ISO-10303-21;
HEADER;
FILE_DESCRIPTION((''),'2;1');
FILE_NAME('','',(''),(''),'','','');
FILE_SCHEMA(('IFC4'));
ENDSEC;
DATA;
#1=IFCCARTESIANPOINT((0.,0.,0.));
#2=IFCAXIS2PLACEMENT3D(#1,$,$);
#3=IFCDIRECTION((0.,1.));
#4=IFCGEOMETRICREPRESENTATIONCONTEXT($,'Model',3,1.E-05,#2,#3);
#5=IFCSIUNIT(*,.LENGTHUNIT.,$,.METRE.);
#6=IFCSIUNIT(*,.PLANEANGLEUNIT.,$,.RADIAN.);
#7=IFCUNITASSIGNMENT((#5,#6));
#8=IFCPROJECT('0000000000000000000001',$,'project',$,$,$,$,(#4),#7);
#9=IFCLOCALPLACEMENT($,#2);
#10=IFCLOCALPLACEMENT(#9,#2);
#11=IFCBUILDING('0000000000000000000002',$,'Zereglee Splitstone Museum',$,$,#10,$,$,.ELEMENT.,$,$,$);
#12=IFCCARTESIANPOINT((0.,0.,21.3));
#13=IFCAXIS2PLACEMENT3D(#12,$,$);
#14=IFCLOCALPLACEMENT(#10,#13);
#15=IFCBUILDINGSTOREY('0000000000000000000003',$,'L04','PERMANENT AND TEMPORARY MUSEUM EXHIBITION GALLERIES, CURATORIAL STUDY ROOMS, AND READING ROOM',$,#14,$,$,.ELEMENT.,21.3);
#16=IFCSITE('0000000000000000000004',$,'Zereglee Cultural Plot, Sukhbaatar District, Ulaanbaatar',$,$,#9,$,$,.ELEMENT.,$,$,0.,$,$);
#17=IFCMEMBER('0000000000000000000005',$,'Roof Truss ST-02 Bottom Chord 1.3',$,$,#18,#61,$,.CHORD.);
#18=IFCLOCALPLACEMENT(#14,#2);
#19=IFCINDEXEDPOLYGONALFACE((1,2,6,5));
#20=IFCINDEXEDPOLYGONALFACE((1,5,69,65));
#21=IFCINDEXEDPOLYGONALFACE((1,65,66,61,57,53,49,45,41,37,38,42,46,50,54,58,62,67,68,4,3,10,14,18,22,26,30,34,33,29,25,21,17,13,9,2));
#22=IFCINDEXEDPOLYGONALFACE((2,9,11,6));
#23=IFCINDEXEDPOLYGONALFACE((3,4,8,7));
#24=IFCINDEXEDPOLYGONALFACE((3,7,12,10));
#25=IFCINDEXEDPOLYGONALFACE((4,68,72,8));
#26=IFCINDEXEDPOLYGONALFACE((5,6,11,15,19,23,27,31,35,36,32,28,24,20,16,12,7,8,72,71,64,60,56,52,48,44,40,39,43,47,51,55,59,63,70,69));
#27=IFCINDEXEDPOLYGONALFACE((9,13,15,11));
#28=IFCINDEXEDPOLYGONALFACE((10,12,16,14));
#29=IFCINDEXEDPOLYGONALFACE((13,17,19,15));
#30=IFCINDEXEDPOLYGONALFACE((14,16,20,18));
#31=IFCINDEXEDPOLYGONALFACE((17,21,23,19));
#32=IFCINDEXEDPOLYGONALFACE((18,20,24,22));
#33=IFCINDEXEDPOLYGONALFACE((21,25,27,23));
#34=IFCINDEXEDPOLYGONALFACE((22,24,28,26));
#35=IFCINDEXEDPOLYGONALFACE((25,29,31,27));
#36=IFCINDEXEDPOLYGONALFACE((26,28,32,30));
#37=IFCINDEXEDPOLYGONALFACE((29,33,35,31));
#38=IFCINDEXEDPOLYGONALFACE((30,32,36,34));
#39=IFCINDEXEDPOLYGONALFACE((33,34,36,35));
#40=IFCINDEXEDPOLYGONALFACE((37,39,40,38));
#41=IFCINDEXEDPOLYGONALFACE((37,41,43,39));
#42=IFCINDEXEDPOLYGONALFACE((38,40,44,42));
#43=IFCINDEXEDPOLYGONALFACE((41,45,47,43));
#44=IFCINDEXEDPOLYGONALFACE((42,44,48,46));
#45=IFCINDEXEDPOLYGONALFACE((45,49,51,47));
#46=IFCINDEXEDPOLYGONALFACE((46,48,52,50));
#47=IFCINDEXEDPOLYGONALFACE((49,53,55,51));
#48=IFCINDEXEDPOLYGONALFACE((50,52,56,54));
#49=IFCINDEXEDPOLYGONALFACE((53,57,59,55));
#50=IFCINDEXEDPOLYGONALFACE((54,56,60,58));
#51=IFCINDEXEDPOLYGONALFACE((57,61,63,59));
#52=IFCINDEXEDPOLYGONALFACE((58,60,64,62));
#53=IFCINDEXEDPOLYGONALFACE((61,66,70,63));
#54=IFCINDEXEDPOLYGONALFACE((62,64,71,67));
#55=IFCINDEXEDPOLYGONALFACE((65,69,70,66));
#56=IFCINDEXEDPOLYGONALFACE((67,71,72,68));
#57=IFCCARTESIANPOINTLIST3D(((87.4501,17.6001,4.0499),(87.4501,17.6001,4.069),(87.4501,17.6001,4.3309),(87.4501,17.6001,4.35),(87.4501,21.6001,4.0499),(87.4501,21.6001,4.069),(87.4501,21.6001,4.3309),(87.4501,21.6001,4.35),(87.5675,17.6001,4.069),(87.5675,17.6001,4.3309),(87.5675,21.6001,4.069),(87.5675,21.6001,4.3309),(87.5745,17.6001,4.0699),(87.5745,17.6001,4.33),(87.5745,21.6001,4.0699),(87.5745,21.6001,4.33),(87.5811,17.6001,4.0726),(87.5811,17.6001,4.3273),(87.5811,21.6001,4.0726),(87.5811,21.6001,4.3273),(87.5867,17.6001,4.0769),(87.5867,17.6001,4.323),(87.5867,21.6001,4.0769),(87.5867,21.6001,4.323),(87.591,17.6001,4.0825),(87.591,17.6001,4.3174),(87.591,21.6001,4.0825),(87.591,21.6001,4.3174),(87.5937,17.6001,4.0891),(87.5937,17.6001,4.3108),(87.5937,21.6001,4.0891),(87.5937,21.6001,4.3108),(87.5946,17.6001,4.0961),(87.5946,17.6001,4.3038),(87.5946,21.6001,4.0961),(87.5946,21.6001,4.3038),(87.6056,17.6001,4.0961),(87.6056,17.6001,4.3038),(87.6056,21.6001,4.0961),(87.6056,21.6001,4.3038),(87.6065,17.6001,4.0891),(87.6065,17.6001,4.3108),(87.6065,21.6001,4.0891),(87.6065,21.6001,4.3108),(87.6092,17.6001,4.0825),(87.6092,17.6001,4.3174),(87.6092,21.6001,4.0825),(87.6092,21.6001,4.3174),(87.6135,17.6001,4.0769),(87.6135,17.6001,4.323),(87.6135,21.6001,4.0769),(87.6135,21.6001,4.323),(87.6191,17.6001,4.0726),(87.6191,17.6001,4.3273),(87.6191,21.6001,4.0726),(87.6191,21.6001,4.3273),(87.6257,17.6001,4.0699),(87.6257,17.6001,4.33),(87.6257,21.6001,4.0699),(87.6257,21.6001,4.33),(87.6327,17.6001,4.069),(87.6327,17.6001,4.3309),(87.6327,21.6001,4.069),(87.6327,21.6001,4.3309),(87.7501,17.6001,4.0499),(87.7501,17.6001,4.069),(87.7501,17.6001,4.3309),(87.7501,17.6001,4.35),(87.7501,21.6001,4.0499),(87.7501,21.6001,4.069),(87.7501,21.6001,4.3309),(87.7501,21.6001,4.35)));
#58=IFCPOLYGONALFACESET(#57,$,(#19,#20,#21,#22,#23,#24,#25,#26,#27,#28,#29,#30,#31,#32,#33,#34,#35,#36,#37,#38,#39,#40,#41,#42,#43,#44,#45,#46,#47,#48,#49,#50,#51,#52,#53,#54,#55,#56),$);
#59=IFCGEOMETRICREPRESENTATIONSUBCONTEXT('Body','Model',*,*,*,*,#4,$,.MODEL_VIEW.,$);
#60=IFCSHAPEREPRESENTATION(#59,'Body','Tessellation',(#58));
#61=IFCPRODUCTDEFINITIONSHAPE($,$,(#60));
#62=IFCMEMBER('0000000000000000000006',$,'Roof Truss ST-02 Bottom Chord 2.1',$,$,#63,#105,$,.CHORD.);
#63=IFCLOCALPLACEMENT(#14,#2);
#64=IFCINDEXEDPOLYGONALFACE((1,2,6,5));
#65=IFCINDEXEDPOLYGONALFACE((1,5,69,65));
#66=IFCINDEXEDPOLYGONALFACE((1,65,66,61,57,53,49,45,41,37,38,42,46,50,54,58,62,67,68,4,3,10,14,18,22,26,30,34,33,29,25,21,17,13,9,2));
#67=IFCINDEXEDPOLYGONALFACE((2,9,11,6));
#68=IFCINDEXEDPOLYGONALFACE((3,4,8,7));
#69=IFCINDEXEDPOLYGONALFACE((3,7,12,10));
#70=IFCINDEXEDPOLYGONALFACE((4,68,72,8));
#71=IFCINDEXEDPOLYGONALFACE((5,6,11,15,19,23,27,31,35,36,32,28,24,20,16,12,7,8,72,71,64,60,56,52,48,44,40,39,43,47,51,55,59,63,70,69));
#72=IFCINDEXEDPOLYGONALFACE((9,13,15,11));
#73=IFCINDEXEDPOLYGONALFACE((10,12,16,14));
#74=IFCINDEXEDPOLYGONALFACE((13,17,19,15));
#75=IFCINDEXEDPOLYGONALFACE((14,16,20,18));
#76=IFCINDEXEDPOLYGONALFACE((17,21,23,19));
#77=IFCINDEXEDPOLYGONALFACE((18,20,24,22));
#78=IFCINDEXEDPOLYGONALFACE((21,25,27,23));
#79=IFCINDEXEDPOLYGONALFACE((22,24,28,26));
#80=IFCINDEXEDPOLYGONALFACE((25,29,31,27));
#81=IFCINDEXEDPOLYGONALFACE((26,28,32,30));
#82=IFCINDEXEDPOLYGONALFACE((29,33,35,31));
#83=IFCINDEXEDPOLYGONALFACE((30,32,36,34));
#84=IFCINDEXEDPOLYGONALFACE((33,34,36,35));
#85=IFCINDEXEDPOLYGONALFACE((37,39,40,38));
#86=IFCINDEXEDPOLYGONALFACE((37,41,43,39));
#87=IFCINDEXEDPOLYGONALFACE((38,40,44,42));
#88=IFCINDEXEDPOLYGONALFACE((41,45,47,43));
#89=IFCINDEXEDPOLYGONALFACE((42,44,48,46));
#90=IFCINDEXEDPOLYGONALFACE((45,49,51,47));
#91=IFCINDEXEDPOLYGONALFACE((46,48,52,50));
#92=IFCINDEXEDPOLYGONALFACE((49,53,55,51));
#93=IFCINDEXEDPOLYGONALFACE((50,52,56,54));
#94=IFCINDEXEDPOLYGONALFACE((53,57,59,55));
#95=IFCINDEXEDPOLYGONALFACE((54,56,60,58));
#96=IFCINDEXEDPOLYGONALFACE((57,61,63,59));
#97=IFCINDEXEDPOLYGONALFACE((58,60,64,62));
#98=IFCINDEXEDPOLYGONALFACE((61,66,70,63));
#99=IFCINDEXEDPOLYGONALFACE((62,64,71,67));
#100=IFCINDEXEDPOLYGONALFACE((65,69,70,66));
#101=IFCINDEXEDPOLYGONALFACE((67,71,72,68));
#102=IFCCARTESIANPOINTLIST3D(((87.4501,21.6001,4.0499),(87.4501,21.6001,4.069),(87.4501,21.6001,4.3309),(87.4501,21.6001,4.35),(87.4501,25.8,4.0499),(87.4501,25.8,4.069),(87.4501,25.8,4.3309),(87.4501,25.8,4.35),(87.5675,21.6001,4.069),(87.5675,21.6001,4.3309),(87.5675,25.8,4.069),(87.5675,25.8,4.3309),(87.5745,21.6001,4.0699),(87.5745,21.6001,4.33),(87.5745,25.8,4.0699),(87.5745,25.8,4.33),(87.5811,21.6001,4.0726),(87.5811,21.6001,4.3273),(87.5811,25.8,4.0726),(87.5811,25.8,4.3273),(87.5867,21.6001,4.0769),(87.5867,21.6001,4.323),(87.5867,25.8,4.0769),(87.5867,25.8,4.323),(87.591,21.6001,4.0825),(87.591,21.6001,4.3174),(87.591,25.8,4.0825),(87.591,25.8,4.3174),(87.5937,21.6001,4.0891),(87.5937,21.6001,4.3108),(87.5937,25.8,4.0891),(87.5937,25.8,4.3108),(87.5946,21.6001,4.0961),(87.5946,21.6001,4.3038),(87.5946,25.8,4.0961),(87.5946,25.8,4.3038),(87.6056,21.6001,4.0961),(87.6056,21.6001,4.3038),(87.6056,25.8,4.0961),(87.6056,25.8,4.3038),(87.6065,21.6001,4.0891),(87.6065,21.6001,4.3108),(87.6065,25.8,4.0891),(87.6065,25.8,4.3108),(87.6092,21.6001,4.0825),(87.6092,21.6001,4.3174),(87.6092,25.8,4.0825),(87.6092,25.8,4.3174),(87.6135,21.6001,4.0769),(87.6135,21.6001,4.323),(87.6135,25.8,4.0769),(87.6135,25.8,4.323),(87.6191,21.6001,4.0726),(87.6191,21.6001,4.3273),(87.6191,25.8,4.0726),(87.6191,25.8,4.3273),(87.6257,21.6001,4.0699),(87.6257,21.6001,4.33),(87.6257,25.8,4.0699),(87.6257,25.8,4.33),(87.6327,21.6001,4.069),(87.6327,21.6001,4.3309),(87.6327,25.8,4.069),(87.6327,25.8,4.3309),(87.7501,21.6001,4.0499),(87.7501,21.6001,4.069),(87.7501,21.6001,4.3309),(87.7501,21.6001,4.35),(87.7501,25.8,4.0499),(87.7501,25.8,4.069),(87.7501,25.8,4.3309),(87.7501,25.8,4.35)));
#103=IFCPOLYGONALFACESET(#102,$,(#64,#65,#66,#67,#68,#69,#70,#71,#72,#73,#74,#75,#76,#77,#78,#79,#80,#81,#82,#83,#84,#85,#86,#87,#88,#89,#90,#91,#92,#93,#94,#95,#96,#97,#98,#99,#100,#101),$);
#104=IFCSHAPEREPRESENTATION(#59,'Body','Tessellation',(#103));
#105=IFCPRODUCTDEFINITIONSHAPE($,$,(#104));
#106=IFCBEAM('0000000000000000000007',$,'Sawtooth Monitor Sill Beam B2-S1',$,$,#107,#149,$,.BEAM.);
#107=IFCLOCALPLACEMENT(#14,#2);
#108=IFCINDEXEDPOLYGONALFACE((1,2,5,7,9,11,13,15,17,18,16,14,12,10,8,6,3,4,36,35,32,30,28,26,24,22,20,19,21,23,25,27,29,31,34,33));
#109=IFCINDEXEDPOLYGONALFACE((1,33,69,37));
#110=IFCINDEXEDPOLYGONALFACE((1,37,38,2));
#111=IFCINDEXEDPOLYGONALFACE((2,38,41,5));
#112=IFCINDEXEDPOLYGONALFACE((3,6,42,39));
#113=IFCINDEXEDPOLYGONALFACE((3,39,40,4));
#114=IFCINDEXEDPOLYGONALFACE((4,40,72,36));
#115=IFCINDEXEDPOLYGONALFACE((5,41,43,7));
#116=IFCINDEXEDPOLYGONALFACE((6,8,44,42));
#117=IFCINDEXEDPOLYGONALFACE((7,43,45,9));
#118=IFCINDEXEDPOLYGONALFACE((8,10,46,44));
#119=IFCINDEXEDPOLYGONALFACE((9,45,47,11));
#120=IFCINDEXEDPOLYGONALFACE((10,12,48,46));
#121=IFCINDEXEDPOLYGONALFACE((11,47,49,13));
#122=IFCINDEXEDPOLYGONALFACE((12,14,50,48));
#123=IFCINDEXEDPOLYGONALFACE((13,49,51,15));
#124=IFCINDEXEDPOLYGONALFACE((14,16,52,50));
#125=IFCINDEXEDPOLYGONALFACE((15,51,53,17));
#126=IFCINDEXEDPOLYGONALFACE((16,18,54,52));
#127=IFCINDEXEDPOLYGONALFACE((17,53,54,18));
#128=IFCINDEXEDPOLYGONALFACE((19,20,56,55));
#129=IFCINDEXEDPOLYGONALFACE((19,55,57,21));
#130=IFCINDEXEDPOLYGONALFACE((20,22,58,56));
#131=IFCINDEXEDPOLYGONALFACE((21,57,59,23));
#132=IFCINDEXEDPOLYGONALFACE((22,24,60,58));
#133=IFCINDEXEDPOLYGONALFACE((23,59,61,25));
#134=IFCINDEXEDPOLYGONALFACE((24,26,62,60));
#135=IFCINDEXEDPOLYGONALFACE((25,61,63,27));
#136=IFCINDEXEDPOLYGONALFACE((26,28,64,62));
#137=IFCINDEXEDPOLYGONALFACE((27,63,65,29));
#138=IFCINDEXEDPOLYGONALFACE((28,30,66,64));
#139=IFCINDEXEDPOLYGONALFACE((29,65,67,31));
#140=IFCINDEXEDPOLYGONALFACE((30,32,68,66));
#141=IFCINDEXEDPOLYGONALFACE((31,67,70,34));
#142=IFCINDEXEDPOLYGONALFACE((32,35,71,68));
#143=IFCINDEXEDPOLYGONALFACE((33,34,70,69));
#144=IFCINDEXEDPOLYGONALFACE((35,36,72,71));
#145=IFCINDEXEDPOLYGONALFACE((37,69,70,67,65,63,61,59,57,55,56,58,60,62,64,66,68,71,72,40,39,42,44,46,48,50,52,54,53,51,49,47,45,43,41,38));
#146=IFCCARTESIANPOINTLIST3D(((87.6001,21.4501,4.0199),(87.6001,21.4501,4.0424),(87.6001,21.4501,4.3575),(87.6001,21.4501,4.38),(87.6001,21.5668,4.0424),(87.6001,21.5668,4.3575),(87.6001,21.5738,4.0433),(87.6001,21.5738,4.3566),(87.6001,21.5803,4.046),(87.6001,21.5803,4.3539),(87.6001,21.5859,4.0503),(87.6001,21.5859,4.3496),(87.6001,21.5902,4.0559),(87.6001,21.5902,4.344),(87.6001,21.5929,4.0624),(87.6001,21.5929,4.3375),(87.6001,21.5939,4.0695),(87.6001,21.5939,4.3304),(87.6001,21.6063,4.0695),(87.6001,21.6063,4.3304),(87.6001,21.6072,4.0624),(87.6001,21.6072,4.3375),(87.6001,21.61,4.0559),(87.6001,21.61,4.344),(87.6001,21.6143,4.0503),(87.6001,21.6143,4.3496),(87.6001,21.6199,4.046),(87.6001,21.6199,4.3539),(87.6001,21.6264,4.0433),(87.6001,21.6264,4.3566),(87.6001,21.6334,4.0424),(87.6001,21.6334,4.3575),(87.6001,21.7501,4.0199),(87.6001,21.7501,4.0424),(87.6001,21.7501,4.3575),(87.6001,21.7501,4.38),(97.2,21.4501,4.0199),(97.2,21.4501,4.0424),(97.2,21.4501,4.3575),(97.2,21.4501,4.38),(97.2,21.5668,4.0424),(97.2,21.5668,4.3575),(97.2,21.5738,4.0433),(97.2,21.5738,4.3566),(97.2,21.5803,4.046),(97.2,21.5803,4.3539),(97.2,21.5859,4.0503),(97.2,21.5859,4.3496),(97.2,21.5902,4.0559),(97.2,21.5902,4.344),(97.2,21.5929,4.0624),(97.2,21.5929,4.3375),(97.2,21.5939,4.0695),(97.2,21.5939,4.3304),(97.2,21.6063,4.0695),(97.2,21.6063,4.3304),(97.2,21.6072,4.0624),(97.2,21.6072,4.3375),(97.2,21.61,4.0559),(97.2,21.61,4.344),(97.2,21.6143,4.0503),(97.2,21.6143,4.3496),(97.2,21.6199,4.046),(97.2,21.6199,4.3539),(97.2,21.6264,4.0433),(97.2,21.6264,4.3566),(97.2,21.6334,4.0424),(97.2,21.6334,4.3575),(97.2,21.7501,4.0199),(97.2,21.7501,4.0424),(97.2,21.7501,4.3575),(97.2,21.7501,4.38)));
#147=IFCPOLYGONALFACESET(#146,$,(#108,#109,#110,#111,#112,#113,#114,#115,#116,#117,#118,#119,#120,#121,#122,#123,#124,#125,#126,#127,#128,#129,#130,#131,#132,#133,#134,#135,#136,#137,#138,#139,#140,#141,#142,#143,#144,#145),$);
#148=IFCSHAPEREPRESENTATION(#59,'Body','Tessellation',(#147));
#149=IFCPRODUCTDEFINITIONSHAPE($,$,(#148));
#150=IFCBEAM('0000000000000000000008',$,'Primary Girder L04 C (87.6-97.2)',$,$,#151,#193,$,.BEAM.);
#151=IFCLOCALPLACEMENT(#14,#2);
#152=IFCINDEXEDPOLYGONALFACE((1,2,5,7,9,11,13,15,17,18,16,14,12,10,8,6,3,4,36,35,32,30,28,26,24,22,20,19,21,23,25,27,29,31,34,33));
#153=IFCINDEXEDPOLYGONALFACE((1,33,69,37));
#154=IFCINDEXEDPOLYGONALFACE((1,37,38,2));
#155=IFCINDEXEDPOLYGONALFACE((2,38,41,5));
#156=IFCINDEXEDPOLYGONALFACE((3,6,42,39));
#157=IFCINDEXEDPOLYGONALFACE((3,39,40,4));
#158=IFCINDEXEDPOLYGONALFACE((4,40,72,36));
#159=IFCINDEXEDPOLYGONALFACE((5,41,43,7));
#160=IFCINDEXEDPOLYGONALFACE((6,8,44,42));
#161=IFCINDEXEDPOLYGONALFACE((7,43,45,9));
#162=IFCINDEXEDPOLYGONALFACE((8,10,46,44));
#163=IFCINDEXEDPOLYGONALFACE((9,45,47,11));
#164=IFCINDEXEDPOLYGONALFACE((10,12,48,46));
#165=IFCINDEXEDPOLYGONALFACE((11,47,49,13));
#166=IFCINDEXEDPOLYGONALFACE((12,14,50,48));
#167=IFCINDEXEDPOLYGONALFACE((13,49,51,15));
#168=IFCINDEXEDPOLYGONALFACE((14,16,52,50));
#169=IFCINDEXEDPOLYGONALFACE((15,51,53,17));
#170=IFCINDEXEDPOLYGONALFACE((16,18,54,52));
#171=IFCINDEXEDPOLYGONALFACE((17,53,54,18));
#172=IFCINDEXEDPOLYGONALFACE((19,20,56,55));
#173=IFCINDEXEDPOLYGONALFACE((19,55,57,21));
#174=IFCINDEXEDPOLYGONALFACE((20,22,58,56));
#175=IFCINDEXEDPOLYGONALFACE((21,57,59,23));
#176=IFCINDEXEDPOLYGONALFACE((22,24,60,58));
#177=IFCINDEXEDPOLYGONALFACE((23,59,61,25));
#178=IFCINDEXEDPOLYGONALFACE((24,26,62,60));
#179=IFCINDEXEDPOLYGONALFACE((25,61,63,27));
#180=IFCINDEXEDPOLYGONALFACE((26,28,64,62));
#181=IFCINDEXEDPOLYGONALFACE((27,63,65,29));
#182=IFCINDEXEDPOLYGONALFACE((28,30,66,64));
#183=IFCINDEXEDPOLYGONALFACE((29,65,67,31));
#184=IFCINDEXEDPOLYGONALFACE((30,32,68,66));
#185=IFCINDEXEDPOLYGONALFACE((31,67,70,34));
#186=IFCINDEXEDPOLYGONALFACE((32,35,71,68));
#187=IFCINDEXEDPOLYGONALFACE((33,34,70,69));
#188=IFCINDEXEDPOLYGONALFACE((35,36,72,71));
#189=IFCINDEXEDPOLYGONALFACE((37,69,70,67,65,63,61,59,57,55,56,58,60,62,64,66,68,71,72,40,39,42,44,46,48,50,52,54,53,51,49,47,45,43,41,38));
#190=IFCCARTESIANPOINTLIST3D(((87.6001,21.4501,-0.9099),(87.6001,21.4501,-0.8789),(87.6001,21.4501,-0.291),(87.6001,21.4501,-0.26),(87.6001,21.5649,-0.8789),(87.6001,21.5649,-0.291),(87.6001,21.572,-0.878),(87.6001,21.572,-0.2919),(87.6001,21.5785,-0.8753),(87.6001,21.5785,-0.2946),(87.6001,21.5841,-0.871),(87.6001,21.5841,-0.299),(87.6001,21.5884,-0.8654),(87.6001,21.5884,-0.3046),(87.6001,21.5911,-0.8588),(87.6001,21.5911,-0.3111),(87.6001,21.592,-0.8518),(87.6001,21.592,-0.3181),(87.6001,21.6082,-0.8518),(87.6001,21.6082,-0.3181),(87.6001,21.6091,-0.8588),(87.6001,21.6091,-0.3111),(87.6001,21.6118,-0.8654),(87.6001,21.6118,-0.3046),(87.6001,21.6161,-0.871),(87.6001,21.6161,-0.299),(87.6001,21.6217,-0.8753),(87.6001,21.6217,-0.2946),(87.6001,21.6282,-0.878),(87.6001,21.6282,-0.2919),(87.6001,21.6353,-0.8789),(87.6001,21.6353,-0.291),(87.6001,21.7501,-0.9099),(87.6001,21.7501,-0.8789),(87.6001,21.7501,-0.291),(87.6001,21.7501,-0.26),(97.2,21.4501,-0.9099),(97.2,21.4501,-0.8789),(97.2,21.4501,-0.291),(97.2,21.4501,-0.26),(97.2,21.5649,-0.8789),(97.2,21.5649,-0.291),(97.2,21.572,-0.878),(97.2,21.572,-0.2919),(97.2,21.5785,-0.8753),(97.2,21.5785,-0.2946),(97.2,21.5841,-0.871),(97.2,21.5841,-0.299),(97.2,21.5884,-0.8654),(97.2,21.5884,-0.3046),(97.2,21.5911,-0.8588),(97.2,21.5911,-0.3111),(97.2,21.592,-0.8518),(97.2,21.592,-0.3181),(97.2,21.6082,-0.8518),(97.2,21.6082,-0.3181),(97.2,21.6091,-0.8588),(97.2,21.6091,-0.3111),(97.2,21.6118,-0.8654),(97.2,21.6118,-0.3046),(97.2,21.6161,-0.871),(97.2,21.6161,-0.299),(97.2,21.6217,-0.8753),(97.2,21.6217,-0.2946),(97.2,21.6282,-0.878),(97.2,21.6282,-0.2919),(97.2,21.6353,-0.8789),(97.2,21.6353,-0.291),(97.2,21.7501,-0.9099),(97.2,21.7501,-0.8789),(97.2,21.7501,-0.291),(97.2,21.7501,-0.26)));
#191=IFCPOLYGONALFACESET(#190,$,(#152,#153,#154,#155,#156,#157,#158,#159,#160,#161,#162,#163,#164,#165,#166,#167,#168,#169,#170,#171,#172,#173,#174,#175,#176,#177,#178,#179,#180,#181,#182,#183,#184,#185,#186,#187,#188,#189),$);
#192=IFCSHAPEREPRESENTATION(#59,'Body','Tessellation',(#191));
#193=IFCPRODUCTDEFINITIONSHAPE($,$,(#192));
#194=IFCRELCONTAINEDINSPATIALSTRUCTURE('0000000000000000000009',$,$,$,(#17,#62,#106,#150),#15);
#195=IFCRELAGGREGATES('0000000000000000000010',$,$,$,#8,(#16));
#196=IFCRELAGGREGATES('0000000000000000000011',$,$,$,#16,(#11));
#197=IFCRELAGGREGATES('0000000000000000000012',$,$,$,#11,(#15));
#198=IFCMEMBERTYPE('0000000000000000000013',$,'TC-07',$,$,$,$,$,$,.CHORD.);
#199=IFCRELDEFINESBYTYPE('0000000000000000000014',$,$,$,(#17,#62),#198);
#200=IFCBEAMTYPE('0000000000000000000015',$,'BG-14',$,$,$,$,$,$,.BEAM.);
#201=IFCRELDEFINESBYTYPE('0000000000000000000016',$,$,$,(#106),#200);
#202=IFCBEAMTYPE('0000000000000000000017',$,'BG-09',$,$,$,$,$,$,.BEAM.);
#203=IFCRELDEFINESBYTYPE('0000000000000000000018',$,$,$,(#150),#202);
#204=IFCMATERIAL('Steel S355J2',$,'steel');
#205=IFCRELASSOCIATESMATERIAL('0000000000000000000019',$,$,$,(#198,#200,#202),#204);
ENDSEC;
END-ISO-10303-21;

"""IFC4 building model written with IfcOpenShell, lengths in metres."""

from ifc_helpers import new_model, si_unit, direction, frame, origin, origin_2d, place, context, subcontext, project, spatial, i_section, extrude, material, material_profile, profile_set, type_object, element, save


model = new_model("IFC4")

# Units and contexts
model_context = context("Model", 3, precision=1e-05, world=origin(), true_north=direction((0.0, 1.0)))
body_context = subcontext(model_context, "Body", "Model", "MODEL_VIEW")
ifc_project = project(units=[si_unit("LENGTHUNIT", "METRE"), si_unit("PLANEANGLEUNIT", "RADIAN")], contexts=[model_context])

# Site, building, storey
site_placement = place(None, origin())
site = spatial("IfcSite", under=ifc_project, at=site_placement, Name="Zereglee Cultural Plot, Sukhbaatar District, Ulaanbaatar", CompositionType="ELEMENT", RefElevation=0.0)
building_placement = place(site_placement, origin())
building = spatial("IfcBuilding", under=site, at=building_placement, Name="Zereglee Splitstone Museum", CompositionType="ELEMENT")
storey_placement = place(building_placement, frame((0.0, 0.0, 21.3)))
storey = spatial("IfcBuildingStorey", under=building, at=storey_placement, Name="L04", Description="PERMANENT AND TEMPORARY MUSEUM EXHIBITION GALLERIES, CURATORIAL STUDY ROOMS, AND READING ROOM", CompositionType="ELEMENT", Elevation=21.3)

# Shared definitions
ifc_material_1 = material(Name="Steel S355J2", Category="steel")

# Members
ifc_material_profile_1 = material_profile(ifc_material_1, i_section(OverallWidth=0.3, OverallDepth=0.3, WebThickness=0.011, FlangeThickness=0.019, FilletRadius=0.0271, at=origin_2d()), Name="HE 300 B")
ifc_profile_set_1 = profile_set([ifc_material_profile_1], Name="Steel S355J2")
member_type_1 = type_object("IfcMemberType", Name="TC-07", PredefinedType="CHORD", material=ifc_profile_set_1)
member_1_placement = place(storey_placement, frame((87.6001, 17.6001, 4.2), z_axis=(0.0, 1.0, 0.0), x_axis=(-1.0, 0.0, 0.0)))
element("IfcMember", 1, at=member_1_placement, inside=storey, type_object=member_type_1, Name="Roof Truss ST-02 Bottom Chord 1.3", PredefinedType="CHORD", context=body_context, shape_type="SweptSolid", body=[
    extrude(i_section(OverallWidth=0.3, OverallDepth=0.3, WebThickness=0.011, FlangeThickness=0.019, FilletRadius=0.0271, at=origin_2d()), origin(), (0.0, 0.0, 1.0), 4.0),
])
member_2_placement = place(storey_placement, frame((87.6001, 21.6001, 4.2), z_axis=(0.0, 1.0, 0.0), x_axis=(-1.0, 0.0, 0.0)))
element("IfcMember", 2, at=member_2_placement, inside=storey, type_object=member_type_1, Name="Roof Truss ST-02 Bottom Chord 2.1", PredefinedType="CHORD", context=body_context, shape_type="SweptSolid", body=[
    extrude(i_section(OverallWidth=0.3, OverallDepth=0.3, WebThickness=0.011, FlangeThickness=0.019, FilletRadius=0.0271, at=origin_2d()), origin(), (0.0, 0.0, 1.0), 4.2),
])

# Beams
ifc_material_profile_2 = material_profile(ifc_material_1, i_section(OverallWidth=0.3, OverallDepth=0.3601, WebThickness=0.0125, FlangeThickness=0.0225, FilletRadius=0.0271, at=origin_2d()), Name="HE 360 B")
ifc_profile_set_2 = profile_set([ifc_material_profile_2], Name="Steel S355J2")
beam_type_1 = type_object("IfcBeamType", Name="BG-14", PredefinedType="BEAM", material=ifc_profile_set_2)
beam_1_placement = place(storey_placement, frame((87.6001, 21.6001, 4.2), z_axis=(1.0, 0.0, 0.0), x_axis=(0.0, 1.0, 0.0)))
element("IfcBeam", 3, at=beam_1_placement, inside=storey, type_object=beam_type_1, Name="Sawtooth Monitor Sill Beam B2-S1", PredefinedType="BEAM", context=body_context, shape_type="SweptSolid", body=[
    extrude(i_section(OverallWidth=0.3, OverallDepth=0.3601, WebThickness=0.0125, FlangeThickness=0.0225, FilletRadius=0.0271, at=origin_2d()), origin(), (0.0, 0.0, 1.0), 9.5999),
])
ifc_material_profile_3 = material_profile(ifc_material_1, i_section(OverallWidth=0.3, OverallDepth=0.6499, WebThickness=0.0161, FlangeThickness=0.031, FilletRadius=0.0271, at=origin_2d()), Name="HE 650 B")
ifc_profile_set_3 = profile_set([ifc_material_profile_3], Name="Steel S355J2")
beam_type_2 = type_object("IfcBeamType", Name="BG-09", PredefinedType="BEAM", material=ifc_profile_set_3)
beam_2_placement = place(storey_placement, frame((87.6001, 21.6001, -0.585), z_axis=(1.0, 0.0, 0.0), x_axis=(0.0, 1.0, 0.0)))
element("IfcBeam", 4, at=beam_2_placement, inside=storey, type_object=beam_type_2, Name="Primary Girder L04 C (87.6-97.2)", PredefinedType="BEAM", context=body_context, shape_type="SweptSolid", body=[
    extrude(i_section(OverallWidth=0.3, OverallDepth=0.6499, WebThickness=0.0161, FlangeThickness=0.031, FilletRadius=0.0271, at=origin_2d()), origin(), (0.0, 0.0, 1.0), 9.5999),
])

save(model, "model.ifc")
